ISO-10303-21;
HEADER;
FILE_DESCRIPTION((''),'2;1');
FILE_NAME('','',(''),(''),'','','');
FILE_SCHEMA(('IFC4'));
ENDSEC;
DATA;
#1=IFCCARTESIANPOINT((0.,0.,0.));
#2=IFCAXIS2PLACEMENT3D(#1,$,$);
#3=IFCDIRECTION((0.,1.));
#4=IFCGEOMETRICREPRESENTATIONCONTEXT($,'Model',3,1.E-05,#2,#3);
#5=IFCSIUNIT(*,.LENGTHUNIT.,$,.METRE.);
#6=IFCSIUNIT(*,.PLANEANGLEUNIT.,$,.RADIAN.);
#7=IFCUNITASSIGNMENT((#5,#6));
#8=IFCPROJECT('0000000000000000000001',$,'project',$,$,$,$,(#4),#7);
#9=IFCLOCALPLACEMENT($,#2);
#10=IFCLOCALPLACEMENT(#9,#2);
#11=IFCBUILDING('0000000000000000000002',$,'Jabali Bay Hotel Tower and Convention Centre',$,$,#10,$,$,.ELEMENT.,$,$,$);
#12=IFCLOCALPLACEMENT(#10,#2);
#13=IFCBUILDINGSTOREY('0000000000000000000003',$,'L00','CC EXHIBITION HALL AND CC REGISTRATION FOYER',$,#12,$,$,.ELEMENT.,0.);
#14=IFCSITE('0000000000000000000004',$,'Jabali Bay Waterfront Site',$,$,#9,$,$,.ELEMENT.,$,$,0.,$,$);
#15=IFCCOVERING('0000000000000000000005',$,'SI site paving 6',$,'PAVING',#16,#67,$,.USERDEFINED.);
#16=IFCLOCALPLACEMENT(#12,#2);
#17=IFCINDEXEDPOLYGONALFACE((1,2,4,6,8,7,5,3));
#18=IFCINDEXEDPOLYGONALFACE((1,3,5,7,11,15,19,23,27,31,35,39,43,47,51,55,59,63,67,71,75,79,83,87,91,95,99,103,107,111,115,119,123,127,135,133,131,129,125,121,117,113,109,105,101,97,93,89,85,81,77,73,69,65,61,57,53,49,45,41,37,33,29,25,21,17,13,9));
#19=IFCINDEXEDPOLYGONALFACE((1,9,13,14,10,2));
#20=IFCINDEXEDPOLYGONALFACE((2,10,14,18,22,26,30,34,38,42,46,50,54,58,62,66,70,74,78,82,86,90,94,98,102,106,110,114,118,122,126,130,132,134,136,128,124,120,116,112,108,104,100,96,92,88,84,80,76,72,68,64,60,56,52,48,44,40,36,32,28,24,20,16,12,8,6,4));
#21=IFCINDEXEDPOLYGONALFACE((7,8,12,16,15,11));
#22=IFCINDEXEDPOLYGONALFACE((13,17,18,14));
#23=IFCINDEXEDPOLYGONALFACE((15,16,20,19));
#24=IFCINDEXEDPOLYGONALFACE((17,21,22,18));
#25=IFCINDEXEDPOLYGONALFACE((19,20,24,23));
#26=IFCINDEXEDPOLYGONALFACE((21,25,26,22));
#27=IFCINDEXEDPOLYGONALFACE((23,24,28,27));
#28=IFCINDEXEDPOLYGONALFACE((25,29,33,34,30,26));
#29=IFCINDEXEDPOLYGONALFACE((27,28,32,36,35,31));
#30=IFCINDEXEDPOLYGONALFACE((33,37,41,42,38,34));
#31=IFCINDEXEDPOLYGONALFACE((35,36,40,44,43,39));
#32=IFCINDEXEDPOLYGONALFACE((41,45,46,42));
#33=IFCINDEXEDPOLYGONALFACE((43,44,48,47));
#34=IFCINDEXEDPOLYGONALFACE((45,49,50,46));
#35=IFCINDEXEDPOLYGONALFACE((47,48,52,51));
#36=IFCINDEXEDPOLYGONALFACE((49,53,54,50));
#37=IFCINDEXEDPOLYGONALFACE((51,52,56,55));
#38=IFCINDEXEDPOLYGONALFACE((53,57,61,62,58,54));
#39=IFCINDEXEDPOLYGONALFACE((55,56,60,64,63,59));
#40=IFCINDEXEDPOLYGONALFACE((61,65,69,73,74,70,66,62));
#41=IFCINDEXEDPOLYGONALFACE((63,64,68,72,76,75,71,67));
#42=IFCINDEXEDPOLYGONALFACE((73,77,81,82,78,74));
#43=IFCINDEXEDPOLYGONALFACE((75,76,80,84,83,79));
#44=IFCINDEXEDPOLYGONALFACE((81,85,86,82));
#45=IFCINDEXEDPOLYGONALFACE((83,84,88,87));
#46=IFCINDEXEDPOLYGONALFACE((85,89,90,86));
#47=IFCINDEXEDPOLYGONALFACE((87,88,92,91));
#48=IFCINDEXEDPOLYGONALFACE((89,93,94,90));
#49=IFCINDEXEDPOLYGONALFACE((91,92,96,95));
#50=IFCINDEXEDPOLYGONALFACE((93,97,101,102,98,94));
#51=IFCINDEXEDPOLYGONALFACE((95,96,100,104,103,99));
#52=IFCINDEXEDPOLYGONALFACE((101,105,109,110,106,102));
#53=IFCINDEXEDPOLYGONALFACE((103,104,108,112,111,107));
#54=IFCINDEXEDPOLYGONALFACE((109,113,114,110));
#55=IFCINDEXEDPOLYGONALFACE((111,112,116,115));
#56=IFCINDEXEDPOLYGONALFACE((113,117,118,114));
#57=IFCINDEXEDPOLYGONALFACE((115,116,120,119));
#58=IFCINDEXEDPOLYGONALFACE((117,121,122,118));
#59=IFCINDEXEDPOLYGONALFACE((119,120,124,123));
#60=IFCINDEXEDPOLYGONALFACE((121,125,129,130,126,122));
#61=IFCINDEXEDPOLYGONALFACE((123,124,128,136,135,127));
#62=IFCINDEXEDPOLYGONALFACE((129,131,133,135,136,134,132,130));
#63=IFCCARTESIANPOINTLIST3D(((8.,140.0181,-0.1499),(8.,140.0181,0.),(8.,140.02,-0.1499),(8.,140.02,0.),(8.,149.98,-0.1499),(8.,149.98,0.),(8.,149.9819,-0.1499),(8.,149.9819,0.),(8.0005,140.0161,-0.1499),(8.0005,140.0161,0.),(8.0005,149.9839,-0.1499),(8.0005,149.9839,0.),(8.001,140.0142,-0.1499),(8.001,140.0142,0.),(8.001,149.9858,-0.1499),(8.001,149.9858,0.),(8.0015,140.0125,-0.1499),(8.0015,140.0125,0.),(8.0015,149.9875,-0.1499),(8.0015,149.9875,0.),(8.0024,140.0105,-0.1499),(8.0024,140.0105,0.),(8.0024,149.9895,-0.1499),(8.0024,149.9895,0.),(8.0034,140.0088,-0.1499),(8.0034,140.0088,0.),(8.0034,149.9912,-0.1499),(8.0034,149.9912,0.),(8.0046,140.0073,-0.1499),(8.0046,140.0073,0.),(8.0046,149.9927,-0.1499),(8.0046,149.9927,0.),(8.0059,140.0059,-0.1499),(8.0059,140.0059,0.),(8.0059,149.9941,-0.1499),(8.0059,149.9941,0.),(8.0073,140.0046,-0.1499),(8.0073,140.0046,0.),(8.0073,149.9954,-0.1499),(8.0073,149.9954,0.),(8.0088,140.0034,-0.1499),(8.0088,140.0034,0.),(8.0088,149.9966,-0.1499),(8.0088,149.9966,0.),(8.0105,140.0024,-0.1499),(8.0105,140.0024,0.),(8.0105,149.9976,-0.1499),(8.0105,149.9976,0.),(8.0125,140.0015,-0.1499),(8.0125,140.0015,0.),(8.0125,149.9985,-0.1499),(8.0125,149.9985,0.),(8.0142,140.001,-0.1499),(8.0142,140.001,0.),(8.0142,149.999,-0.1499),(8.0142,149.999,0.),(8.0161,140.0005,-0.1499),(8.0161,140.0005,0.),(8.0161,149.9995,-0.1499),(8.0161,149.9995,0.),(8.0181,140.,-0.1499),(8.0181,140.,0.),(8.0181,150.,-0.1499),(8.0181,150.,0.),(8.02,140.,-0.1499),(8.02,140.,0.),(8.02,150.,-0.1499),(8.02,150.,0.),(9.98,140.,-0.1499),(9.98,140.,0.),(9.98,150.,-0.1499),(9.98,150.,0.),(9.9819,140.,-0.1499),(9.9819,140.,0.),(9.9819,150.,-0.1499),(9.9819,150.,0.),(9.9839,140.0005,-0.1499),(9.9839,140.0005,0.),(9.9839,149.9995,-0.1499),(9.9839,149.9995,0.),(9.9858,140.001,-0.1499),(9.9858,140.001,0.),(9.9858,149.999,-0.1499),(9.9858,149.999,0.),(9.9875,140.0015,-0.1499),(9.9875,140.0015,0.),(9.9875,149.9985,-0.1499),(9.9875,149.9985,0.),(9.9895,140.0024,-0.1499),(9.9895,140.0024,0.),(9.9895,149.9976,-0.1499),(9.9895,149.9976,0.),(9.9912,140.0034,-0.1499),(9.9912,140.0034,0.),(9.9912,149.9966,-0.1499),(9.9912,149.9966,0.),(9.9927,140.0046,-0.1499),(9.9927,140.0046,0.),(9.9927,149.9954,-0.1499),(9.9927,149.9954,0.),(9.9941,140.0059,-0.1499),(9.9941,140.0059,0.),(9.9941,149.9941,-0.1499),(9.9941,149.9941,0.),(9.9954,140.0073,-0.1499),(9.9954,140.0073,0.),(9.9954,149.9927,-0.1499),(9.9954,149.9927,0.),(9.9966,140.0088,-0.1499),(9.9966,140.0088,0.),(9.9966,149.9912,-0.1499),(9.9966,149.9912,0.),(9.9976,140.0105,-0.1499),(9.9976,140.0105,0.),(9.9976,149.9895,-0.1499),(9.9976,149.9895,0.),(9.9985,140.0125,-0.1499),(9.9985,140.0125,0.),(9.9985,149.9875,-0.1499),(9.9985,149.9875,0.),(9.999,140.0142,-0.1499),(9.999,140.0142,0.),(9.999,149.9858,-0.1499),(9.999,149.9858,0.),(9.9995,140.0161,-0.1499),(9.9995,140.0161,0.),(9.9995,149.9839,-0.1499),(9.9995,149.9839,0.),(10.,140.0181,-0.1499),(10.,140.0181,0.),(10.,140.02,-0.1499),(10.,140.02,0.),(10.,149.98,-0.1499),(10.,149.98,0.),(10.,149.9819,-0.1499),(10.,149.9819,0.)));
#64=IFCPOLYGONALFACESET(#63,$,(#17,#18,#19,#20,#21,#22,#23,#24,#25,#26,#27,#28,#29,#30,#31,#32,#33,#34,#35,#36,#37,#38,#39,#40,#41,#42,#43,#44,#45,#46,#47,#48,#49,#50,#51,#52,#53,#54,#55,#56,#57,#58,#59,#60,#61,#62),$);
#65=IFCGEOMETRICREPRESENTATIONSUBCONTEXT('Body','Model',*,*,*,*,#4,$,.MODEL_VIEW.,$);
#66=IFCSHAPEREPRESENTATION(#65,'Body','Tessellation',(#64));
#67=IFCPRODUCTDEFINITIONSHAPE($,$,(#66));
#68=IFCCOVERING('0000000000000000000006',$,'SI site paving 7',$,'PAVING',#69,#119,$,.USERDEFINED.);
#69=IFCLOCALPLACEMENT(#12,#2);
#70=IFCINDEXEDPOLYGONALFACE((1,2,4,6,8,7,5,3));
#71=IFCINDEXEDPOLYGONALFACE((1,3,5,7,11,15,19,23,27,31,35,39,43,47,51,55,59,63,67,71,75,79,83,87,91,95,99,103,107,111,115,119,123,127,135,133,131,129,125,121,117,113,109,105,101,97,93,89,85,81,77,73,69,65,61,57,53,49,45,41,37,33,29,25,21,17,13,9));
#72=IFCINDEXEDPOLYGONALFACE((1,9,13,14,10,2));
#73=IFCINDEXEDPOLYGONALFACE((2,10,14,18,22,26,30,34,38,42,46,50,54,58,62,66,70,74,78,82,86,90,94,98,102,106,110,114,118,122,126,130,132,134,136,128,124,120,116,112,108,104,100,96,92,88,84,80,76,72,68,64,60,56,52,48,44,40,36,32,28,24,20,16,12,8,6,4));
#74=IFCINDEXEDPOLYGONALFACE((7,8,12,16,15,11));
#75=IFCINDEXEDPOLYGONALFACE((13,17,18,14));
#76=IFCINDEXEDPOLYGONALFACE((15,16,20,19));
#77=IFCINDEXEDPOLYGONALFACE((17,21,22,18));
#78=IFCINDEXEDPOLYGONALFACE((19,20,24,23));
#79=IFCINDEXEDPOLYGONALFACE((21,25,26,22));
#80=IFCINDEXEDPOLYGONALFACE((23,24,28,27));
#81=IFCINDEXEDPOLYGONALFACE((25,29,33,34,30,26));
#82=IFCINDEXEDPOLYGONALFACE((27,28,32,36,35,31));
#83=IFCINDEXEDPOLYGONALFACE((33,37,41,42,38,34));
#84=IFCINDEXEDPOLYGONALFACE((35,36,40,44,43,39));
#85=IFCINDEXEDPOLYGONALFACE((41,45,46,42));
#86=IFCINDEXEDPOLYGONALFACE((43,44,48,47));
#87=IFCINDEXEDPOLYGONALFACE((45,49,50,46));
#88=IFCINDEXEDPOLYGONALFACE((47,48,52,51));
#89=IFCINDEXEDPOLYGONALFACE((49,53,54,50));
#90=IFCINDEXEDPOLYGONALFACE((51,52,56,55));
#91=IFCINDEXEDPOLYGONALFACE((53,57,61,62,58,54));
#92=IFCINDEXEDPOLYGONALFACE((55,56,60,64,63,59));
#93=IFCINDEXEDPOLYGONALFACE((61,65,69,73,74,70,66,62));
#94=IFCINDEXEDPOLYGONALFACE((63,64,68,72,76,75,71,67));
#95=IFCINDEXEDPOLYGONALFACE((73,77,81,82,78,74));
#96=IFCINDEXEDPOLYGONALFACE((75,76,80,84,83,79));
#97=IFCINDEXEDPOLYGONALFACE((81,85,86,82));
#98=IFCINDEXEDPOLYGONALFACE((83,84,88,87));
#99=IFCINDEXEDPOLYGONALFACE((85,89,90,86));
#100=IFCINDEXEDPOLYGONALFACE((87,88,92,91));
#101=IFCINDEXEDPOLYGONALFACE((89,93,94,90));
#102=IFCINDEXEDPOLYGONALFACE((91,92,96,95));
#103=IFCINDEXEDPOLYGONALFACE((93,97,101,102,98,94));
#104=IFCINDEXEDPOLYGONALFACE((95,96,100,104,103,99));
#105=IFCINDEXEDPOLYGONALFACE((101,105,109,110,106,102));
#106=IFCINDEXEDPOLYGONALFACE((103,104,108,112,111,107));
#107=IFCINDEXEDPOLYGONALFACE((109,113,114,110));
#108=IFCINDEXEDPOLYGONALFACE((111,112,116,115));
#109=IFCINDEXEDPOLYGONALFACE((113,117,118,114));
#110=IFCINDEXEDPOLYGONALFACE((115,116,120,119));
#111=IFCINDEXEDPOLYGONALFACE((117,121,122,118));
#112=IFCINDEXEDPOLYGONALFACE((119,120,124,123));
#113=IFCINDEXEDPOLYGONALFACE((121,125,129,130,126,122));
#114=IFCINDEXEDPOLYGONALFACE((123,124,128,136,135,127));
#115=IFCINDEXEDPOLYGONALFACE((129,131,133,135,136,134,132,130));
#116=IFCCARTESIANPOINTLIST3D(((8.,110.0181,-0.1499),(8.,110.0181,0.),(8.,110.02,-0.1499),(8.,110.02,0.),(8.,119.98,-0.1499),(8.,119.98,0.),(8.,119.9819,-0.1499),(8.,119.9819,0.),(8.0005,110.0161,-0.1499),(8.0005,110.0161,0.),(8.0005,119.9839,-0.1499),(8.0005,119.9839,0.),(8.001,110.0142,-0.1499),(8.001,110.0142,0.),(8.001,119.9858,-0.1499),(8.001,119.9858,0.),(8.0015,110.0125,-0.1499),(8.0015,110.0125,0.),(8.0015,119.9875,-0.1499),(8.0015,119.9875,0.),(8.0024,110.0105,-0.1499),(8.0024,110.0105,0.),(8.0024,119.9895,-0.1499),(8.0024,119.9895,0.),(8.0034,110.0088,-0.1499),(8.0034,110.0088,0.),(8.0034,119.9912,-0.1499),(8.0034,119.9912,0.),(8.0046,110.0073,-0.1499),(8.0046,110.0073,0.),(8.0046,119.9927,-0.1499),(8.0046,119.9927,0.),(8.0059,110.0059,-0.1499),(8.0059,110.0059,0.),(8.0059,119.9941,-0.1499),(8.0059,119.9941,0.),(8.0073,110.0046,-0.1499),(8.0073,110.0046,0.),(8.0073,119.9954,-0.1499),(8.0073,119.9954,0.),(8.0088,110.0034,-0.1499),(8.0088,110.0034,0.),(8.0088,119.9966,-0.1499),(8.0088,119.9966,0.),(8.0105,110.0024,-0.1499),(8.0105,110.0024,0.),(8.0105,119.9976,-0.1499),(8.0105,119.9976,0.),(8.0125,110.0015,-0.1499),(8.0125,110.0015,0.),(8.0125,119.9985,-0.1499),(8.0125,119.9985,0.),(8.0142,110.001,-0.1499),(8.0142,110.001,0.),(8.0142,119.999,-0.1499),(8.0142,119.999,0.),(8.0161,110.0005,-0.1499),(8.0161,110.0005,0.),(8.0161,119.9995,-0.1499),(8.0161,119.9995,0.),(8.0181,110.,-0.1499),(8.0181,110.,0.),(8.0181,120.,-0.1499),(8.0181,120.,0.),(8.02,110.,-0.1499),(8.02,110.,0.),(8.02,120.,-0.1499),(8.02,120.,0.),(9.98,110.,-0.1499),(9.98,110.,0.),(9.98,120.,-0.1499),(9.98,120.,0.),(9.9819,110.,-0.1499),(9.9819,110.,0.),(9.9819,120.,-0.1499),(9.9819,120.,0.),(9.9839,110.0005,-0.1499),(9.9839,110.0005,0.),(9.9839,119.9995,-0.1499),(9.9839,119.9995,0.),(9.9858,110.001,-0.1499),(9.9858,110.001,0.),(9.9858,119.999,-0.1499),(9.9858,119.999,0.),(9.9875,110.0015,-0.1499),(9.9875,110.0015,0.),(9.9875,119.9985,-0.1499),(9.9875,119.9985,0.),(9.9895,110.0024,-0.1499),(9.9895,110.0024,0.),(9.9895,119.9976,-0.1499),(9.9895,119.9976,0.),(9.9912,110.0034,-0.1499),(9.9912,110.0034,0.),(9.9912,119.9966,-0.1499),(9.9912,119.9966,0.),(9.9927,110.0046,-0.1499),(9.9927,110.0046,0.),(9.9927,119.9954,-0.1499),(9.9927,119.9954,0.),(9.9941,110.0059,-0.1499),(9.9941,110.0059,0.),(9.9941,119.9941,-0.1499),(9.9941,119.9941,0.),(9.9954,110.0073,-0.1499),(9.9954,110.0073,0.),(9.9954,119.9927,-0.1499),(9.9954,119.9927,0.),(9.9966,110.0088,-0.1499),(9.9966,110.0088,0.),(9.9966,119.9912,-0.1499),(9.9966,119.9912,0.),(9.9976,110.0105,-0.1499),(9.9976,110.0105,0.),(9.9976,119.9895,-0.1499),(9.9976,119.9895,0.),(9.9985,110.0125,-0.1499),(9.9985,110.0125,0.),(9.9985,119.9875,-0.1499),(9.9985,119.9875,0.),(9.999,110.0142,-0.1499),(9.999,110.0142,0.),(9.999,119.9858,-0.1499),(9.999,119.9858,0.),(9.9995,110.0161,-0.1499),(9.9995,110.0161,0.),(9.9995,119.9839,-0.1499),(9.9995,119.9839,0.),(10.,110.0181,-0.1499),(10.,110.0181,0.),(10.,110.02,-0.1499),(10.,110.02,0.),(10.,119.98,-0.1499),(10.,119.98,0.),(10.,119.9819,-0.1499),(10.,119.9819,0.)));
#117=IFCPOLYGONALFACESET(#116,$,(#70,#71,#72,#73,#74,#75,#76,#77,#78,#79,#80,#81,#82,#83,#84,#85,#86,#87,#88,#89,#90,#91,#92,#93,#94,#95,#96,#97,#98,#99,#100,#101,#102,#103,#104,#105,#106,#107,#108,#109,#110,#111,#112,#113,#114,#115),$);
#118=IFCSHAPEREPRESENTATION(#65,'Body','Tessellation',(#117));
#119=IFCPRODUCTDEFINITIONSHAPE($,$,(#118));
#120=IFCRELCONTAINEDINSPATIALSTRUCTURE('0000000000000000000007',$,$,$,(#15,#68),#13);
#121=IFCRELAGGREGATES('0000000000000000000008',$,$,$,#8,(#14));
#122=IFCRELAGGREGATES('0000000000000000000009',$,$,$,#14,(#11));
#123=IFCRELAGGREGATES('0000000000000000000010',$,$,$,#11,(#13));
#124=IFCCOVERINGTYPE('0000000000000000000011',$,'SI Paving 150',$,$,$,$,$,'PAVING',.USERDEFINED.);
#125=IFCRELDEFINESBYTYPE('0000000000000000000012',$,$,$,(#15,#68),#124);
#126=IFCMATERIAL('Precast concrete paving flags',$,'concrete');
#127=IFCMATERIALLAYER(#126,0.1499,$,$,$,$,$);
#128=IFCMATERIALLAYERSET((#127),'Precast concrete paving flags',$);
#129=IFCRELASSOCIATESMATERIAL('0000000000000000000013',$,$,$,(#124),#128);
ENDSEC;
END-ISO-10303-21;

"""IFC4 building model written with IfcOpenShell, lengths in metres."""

from ifc_helpers import new_model, si_unit, direction, frame, origin, place, context, subcontext, project, spatial, polyline, outline, extrude, material, layer, layer_set, type_object, element, save


model = new_model("IFC4")

# Units and contexts
model_context = context("Model", 3, precision=1e-05, world=origin(), true_north=direction((0.0, 1.0)))
body_context = subcontext(model_context, "Body", "Model", "MODEL_VIEW")
ifc_project = project(units=[si_unit("LENGTHUNIT", "METRE"), si_unit("PLANEANGLEUNIT", "RADIAN")], contexts=[model_context])

# Site, building, storey
site_placement = place(None, origin())
site = spatial("IfcSite", under=ifc_project, at=site_placement, Name="Jabali Bay Waterfront Site", CompositionType="ELEMENT", RefElevation=0.0)
building_placement = place(site_placement, origin())
building = spatial("IfcBuilding", under=site, at=building_placement, Name="Jabali Bay Hotel Tower and Convention Centre", CompositionType="ELEMENT")
storey_placement = place(building_placement, origin())
storey = spatial("IfcBuildingStorey", under=building, at=storey_placement, Name="L00", Description="CC EXHIBITION HALL AND CC REGISTRATION FOYER", CompositionType="ELEMENT", Elevation=0.0)

# Coverings
ifc_material_1 = material(Name="Precast concrete paving flags", Category="concrete")
ifc_layer_1 = layer(ifc_material_1, 0.1499)
ifc_layer_set_1 = layer_set([ifc_layer_1], Name="Precast concrete paving flags")
covering_type = type_object("IfcCoveringType", Name="SI Paving 150", ElementType="PAVING", PredefinedType="USERDEFINED", material=ifc_layer_set_1)
covering_1_placement = place(storey_placement, frame((0.0, 0.0, -0.1499)))
element("IfcCovering", 1, at=covering_1_placement, inside=storey, type_object=covering_type, Name="SI site paving 6", ObjectType="PAVING", PredefinedType="USERDEFINED", context=body_context, shape_type="SweptSolid", body=[
    extrude(outline(polyline([(10.0, 140.0181), (10.0, 140.02), (10.0, 149.98), (10.0, 149.9819), (9.9995, 149.9839), (9.999, 149.9858), (9.9985, 149.9875), (9.9976, 149.9895), (9.9966, 149.9912), (9.9954, 149.9927), (9.9941, 149.9941), (9.9927, 149.9954), (9.9912, 149.9966), (9.9895, 149.9976), (9.9875, 149.9985), (9.9858, 149.999), (9.9839, 149.9995), (9.9819, 150.0), (9.98, 150.0), (8.02, 150.0), (8.0181, 150.0), (8.0161, 149.9995), (8.0142, 149.999), (8.0125, 149.9985), (8.0105, 149.9976), (8.0088, 149.9966), (8.0073, 149.9954), (8.0059, 149.9941), (8.0046, 149.9927), (8.0034, 149.9912), (8.0024, 149.9895), (8.0015, 149.9875), (8.001, 149.9858), (8.0005, 149.9839), (8.0, 149.9819), (8.0, 149.98), (8.0, 140.02), (8.0, 140.0181), (8.0005, 140.0161), (8.001, 140.0142), (8.0015, 140.0125), (8.0024, 140.0105), (8.0034, 140.0088), (8.0046, 140.0073), (8.0059, 140.0059), (8.0073, 140.0046), (8.0088, 140.0034), (8.0105, 140.0024), (8.0125, 140.0015), (8.0142, 140.001), (8.0161, 140.0005), (8.0181, 140.0), (8.02, 140.0), (9.98, 140.0), (9.9819, 140.0), (9.9839, 140.0005), (9.9858, 140.001), (9.9875, 140.0015), (9.9895, 140.0024), (9.9912, 140.0034), (9.9927, 140.0046), (9.9941, 140.0059), (9.9954, 140.0073), (9.9966, 140.0088), (9.9976, 140.0105), (9.9985, 140.0125), (9.999, 140.0142), (9.9995, 140.0161), (10.0, 140.0181)])), origin(), (0.0, 0.0, 1.0), 0.1499),
])
covering_2_placement = place(storey_placement, frame((0.0, 0.0, -0.1499)))
element("IfcCovering", 2, at=covering_2_placement, inside=storey, type_object=covering_type, Name="SI site paving 7", ObjectType="PAVING", PredefinedType="USERDEFINED", context=body_context, shape_type="SweptSolid", body=[
    extrude(outline(polyline([(10.0, 110.0181), (10.0, 110.02), (10.0, 119.98), (10.0, 119.9819), (9.9995, 119.9839), (9.999, 119.9858), (9.9985, 119.9875), (9.9976, 119.9895), (9.9966, 119.9912), (9.9954, 119.9927), (9.9941, 119.9941), (9.9927, 119.9954), (9.9912, 119.9966), (9.9895, 119.9976), (9.9875, 119.9985), (9.9858, 119.999), (9.9839, 119.9995), (9.9819, 120.0), (9.98, 120.0), (8.02, 120.0), (8.0181, 120.0), (8.0161, 119.9995), (8.0142, 119.999), (8.0125, 119.9985), (8.0105, 119.9976), (8.0088, 119.9966), (8.0073, 119.9954), (8.0059, 119.9941), (8.0046, 119.9927), (8.0034, 119.9912), (8.0024, 119.9895), (8.0015, 119.9875), (8.001, 119.9858), (8.0005, 119.9839), (8.0, 119.9819), (8.0, 119.98), (8.0, 110.02), (8.0, 110.0181), (8.0005, 110.0161), (8.001, 110.0142), (8.0015, 110.0125), (8.0024, 110.0105), (8.0034, 110.0088), (8.0046, 110.0073), (8.0059, 110.0059), (8.0073, 110.0046), (8.0088, 110.0034), (8.0105, 110.0024), (8.0125, 110.0015), (8.0142, 110.001), (8.0161, 110.0005), (8.0181, 110.0), (8.02, 110.0), (9.98, 110.0), (9.9819, 110.0), (9.9839, 110.0005), (9.9858, 110.001), (9.9875, 110.0015), (9.9895, 110.0024), (9.9912, 110.0034), (9.9927, 110.0046), (9.9941, 110.0059), (9.9954, 110.0073), (9.9966, 110.0088), (9.9976, 110.0105), (9.9985, 110.0125), (9.999, 110.0142), (9.9995, 110.0161), (10.0, 110.0181)])), origin(), (0.0, 0.0, 1.0), 0.1499),
])

save(model, "model.ifc")
